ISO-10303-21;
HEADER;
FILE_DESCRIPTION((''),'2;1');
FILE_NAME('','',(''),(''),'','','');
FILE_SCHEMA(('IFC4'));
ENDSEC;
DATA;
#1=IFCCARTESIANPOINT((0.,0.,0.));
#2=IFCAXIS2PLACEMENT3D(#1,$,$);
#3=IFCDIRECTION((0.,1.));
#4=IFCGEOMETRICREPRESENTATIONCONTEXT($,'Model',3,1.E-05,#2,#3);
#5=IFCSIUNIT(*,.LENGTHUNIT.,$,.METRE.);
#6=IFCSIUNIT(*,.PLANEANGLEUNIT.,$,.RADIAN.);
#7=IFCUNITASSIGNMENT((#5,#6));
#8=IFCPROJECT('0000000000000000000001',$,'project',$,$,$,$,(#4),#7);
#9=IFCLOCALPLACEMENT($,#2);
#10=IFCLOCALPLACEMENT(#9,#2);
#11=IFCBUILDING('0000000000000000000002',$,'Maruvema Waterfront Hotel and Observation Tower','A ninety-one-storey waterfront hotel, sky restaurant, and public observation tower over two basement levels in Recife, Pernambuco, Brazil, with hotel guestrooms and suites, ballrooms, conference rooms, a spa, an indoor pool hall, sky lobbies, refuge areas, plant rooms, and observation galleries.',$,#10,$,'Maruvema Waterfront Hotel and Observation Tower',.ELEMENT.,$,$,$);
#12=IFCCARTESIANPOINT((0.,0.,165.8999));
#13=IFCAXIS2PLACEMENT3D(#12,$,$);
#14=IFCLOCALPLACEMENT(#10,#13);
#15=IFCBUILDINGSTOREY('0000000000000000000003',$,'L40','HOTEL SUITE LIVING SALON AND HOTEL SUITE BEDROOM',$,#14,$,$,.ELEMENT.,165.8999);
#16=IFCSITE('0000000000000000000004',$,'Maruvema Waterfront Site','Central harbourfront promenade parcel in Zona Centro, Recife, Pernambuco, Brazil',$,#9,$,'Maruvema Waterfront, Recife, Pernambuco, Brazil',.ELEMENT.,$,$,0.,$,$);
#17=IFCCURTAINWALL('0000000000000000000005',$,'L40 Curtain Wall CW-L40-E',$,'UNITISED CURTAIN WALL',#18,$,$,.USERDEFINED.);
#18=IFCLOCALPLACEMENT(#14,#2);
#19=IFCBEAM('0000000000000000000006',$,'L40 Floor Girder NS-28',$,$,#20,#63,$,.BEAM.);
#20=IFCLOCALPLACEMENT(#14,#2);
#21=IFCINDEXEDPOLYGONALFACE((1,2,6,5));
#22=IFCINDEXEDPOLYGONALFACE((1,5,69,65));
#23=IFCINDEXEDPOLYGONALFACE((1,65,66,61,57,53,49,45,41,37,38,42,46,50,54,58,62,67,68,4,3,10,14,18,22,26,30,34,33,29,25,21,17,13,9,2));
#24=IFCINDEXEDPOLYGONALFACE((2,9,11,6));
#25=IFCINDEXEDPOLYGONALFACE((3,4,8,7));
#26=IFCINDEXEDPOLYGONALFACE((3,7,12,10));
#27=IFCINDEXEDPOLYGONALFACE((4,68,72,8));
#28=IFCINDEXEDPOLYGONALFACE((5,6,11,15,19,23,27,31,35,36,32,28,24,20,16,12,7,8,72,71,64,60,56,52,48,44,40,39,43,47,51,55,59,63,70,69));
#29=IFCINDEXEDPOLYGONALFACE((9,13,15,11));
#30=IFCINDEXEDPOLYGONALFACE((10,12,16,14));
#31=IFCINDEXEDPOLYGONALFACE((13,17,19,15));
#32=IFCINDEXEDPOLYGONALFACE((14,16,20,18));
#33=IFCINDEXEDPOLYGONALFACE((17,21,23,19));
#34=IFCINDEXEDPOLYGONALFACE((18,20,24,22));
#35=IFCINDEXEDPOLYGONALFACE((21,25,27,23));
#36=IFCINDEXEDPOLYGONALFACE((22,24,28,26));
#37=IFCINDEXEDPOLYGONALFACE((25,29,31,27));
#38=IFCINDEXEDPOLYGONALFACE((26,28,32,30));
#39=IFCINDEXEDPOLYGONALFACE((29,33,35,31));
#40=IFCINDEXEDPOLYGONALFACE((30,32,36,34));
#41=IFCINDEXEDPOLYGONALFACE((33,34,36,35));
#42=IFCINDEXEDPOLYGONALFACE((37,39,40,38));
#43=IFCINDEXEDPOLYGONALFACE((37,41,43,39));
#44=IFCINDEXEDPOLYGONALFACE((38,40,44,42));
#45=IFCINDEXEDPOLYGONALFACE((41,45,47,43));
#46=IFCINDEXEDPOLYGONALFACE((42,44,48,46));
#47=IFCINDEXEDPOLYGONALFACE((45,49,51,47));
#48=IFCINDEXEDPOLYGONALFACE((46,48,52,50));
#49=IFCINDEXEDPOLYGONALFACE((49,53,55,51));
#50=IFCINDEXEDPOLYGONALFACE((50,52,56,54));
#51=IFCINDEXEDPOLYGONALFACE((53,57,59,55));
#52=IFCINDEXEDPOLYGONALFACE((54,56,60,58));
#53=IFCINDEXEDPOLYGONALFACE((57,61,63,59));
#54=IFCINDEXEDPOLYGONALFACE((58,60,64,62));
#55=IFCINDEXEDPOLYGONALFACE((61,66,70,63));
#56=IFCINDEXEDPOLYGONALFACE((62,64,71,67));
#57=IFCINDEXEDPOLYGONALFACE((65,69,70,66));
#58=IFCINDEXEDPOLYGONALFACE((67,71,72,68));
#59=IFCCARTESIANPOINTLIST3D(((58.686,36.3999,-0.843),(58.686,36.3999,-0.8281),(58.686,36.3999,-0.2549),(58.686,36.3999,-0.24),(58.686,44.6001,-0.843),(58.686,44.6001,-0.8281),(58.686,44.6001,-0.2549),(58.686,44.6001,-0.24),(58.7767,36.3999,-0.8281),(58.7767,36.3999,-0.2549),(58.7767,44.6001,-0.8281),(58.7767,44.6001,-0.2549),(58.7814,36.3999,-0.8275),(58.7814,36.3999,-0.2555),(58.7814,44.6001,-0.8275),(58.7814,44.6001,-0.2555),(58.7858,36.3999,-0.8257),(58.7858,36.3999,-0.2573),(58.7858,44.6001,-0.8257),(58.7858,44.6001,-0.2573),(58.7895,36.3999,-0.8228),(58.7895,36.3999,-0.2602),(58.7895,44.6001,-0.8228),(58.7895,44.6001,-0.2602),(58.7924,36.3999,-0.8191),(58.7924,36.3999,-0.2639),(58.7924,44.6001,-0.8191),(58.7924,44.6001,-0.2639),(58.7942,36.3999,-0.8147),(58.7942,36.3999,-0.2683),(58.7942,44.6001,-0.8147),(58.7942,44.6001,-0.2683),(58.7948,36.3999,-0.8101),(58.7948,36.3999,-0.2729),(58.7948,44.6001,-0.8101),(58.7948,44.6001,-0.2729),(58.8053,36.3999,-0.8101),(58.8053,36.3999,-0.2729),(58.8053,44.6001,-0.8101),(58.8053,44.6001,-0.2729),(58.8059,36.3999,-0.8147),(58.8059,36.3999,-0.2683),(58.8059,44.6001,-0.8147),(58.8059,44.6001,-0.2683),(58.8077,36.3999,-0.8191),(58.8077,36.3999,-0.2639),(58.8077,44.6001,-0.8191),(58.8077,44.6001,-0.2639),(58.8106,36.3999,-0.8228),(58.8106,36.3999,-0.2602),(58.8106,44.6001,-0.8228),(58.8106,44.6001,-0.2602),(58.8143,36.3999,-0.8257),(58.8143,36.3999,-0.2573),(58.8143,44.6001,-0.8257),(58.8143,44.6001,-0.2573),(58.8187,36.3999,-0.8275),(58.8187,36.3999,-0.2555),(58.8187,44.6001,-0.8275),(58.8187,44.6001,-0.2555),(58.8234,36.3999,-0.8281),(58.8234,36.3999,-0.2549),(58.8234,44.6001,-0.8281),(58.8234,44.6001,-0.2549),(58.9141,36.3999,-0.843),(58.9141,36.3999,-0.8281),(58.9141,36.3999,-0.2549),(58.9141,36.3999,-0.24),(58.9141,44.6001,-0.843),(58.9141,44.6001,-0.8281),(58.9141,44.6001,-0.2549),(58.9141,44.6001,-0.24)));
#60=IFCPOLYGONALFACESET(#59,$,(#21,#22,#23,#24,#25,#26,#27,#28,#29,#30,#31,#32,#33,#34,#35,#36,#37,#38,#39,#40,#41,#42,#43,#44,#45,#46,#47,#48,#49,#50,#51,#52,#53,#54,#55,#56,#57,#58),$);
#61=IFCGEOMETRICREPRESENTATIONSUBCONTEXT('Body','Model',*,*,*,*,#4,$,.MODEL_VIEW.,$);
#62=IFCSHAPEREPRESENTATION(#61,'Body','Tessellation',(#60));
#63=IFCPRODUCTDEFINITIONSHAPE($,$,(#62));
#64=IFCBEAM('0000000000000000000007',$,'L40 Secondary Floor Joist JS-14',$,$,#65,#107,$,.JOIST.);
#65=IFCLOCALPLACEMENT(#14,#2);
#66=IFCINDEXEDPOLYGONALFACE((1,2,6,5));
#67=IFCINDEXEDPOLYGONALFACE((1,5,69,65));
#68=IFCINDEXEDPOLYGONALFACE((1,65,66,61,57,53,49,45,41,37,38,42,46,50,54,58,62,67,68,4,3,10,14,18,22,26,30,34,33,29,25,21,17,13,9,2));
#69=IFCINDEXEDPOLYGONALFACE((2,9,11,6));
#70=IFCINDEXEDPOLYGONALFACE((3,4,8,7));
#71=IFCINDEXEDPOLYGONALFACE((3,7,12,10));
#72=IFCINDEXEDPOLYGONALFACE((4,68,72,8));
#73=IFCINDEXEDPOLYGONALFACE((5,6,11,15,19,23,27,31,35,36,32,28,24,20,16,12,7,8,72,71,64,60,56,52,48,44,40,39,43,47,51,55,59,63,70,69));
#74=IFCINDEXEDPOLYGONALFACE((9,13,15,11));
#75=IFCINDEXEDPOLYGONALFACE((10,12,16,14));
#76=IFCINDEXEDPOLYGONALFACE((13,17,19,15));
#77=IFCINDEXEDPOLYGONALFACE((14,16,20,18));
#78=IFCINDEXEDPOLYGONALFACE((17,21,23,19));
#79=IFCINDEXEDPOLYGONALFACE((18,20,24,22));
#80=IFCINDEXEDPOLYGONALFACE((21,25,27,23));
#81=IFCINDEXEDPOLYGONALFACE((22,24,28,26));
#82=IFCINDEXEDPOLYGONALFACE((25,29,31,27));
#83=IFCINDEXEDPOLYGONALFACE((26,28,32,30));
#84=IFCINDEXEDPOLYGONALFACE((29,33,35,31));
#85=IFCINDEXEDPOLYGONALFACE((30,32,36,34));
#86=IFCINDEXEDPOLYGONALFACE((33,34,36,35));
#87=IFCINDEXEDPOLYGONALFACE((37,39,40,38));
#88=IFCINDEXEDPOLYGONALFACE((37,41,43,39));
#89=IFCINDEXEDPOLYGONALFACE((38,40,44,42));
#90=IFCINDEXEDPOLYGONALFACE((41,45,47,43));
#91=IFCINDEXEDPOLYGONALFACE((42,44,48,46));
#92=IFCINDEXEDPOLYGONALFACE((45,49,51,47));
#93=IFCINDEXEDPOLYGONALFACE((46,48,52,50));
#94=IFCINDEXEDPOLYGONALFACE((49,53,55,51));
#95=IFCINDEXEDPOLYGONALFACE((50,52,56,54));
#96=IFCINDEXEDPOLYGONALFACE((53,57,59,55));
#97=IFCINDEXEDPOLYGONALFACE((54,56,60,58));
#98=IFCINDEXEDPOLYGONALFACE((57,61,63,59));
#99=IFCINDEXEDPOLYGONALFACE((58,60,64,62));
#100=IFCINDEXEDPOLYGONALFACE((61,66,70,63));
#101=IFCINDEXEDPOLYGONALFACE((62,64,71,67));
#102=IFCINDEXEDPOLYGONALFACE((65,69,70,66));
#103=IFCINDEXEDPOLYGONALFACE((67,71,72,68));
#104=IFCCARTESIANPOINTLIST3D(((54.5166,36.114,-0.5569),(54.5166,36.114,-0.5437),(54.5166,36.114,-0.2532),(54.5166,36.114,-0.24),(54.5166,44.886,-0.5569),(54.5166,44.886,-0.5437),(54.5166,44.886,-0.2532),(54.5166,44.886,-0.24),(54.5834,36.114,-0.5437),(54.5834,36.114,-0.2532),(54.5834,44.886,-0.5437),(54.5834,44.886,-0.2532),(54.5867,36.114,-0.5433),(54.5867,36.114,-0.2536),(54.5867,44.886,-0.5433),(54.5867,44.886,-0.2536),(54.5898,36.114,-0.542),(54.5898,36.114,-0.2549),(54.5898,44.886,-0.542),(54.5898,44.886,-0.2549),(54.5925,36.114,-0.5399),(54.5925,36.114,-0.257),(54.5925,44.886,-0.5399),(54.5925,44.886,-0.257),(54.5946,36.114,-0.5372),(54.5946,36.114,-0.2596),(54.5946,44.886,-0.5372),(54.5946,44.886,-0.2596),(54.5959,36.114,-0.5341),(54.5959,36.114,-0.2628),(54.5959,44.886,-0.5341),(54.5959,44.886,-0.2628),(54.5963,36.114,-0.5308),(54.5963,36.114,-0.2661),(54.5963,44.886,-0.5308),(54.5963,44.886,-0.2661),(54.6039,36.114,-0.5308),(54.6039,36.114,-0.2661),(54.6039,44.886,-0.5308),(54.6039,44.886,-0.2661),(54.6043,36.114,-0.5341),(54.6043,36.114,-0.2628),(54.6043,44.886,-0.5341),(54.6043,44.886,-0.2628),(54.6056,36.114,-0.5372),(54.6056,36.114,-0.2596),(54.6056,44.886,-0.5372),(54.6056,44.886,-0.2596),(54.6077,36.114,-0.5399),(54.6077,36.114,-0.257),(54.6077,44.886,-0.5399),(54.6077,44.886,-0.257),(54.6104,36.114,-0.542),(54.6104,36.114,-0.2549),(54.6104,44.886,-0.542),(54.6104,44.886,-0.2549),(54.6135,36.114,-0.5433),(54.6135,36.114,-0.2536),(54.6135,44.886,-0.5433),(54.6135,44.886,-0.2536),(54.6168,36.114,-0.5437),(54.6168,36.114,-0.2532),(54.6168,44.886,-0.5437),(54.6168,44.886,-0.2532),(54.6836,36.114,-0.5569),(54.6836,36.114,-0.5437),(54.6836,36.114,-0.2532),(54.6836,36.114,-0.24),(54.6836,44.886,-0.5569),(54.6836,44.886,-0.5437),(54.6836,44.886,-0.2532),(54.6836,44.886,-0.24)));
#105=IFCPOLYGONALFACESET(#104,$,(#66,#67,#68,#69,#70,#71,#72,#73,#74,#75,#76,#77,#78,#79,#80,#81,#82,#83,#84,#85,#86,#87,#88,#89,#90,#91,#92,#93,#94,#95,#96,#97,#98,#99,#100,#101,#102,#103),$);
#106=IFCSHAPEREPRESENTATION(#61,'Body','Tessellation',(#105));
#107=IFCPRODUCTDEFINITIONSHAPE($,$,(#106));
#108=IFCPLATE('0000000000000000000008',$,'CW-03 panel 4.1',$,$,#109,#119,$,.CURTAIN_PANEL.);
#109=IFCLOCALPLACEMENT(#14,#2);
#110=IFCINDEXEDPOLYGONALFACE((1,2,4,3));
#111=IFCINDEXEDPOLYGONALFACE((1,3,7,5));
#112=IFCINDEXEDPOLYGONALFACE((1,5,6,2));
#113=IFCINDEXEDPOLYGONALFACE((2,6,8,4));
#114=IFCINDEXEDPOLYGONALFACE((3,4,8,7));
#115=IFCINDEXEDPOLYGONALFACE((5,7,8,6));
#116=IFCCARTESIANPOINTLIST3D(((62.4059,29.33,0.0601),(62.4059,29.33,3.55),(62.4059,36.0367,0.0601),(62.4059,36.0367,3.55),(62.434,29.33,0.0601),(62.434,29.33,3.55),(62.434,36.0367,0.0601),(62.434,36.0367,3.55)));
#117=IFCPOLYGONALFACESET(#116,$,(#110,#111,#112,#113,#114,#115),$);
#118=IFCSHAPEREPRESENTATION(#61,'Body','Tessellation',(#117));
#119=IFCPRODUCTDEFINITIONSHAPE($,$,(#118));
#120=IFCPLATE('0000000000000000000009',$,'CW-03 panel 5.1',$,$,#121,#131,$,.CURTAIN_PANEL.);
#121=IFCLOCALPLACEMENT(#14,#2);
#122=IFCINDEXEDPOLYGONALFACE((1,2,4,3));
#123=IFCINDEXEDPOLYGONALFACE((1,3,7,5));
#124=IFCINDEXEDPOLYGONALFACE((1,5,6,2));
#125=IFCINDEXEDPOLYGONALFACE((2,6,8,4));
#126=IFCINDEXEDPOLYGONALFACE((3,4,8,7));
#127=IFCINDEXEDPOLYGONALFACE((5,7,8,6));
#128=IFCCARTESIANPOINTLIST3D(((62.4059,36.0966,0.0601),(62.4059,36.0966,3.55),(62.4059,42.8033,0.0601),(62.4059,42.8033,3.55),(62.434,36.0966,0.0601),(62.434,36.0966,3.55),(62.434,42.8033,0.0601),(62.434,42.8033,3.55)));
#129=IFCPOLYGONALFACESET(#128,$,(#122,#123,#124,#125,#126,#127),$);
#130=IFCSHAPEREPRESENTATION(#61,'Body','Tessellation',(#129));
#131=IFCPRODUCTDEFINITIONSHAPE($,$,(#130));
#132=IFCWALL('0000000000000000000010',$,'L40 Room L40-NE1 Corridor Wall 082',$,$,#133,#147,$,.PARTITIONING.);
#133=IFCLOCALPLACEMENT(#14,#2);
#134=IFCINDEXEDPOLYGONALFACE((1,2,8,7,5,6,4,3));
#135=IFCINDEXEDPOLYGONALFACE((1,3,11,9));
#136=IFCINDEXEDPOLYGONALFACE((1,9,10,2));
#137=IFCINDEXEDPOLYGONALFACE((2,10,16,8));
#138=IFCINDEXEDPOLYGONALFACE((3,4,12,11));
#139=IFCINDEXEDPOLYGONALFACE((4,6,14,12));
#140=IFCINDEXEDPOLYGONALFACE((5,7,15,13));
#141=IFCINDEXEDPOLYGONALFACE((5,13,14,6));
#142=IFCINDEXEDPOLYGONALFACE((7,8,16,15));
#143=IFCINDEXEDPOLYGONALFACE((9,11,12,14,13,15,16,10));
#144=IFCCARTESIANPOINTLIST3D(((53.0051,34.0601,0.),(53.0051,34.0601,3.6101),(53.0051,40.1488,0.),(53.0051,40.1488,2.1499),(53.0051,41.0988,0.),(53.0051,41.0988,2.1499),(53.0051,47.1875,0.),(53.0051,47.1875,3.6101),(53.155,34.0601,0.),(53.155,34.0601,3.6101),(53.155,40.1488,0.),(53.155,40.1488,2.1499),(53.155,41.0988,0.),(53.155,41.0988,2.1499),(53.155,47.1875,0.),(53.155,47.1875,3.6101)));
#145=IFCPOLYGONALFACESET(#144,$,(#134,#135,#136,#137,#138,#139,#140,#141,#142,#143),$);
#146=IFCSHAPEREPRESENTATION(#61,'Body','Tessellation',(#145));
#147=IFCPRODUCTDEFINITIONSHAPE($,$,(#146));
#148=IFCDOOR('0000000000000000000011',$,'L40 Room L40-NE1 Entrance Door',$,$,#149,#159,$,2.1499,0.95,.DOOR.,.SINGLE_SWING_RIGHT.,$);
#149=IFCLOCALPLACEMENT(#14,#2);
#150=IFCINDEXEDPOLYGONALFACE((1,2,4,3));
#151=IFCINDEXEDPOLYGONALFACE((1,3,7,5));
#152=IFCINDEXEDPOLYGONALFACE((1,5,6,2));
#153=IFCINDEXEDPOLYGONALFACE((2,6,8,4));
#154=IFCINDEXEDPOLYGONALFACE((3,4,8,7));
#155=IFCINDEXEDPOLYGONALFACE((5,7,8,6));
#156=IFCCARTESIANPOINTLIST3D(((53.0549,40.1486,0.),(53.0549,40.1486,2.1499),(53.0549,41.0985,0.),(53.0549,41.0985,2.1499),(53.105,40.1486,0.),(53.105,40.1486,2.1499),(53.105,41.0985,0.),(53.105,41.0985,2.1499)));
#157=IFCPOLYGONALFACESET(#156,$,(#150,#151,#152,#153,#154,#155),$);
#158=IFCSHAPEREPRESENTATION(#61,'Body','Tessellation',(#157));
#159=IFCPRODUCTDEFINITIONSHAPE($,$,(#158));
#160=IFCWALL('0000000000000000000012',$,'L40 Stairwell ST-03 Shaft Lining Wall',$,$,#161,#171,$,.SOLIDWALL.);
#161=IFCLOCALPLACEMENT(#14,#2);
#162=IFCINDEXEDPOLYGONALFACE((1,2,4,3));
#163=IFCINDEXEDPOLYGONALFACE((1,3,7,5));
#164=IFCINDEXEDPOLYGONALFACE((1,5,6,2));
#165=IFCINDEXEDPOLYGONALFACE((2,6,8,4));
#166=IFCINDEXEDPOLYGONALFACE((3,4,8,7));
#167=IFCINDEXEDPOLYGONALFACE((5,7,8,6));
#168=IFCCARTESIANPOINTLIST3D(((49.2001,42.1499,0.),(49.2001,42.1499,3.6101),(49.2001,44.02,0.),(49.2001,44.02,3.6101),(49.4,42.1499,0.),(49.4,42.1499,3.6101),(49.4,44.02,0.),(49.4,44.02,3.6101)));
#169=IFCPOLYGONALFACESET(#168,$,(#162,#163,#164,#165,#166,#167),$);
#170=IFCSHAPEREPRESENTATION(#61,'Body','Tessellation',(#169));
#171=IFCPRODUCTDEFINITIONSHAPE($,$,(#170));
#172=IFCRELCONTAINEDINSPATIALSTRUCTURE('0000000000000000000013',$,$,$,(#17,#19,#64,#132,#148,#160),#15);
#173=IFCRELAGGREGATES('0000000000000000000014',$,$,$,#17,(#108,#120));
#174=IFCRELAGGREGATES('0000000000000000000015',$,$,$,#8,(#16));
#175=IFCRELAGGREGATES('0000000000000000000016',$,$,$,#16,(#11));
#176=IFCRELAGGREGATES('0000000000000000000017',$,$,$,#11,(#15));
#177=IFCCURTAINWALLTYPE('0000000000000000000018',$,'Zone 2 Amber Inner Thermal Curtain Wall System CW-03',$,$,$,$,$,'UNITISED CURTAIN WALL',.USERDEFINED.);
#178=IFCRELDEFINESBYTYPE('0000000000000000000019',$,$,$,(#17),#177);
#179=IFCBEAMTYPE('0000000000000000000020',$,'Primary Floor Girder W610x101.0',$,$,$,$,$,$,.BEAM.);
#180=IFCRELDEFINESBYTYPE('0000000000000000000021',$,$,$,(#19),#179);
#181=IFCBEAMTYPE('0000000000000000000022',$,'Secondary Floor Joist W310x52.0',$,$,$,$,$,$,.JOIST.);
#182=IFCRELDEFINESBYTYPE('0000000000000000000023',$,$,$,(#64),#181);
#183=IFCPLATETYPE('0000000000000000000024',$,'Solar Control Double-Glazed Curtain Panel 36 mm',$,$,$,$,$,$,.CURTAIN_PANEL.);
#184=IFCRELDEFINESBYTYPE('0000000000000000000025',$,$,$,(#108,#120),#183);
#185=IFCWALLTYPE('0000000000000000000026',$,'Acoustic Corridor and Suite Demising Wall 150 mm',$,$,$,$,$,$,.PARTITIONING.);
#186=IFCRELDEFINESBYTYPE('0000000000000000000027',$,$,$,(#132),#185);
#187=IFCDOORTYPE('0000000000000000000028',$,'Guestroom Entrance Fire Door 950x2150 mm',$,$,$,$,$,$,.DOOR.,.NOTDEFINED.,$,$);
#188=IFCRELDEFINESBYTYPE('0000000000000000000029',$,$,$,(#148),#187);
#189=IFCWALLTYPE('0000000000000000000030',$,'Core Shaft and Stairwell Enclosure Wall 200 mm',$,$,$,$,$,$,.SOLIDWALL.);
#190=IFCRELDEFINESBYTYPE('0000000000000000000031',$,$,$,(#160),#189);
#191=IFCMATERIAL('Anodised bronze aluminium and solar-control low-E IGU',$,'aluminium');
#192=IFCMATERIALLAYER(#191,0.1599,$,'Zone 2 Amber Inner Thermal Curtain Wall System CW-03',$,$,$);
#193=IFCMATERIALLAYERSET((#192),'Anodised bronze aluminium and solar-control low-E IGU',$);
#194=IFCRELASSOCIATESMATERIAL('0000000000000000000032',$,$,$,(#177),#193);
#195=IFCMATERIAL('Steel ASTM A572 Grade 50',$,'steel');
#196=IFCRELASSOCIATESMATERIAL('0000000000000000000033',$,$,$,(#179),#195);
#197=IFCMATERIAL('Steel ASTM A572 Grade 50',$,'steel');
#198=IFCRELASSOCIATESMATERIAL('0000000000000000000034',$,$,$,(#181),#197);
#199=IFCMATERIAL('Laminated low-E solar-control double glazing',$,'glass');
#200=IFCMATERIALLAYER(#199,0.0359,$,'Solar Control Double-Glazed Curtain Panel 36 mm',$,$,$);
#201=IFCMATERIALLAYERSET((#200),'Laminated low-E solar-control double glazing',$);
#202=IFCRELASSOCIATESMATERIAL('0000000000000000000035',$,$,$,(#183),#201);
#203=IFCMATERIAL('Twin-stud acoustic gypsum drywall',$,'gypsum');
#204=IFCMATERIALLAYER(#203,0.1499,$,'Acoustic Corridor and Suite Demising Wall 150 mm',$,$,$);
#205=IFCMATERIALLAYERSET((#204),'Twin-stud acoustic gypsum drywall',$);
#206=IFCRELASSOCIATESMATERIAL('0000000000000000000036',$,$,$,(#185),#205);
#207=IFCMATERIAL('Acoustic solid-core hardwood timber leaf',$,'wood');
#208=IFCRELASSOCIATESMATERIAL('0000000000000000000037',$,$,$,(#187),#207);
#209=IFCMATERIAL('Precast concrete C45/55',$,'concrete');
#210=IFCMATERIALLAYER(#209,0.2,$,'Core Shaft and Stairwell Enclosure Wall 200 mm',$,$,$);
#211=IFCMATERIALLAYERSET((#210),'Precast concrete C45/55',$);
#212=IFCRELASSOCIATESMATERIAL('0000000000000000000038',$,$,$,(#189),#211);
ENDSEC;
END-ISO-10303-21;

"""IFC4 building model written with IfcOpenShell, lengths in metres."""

from ifc_helpers import new_model, si_unit, direction, frame, frame_2d, origin, origin_2d, place, context, subcontext, project, spatial, rectangle, i_section, extrude, material, layer, layer_set, material_profile, profile_set, type_object, element, fill, aggregate, save


model = new_model("IFC4")

# Units and contexts
model_context = context("Model", 3, precision=1e-05, world=origin(), true_north=direction((0.0, 1.0)))
body_context = subcontext(model_context, "Body", "Model", "MODEL_VIEW")
ifc_project = project(units=[si_unit("LENGTHUNIT", "METRE"), si_unit("PLANEANGLEUNIT", "RADIAN")], contexts=[model_context])

# Site, building, storey
site_placement = place(None, origin())
site = spatial("IfcSite", under=ifc_project, at=site_placement, Name="Maruvema Waterfront Site", Description="Central harbourfront promenade parcel in Zona Centro, Recife, Pernambuco, Brazil", LongName="Maruvema Waterfront, Recife, Pernambuco, Brazil", CompositionType="ELEMENT", RefElevation=0.0)
building_placement = place(site_placement, origin())
building = spatial("IfcBuilding", under=site, at=building_placement, Name="Maruvema Waterfront Hotel and Observation Tower", Description="A ninety-one-storey waterfront hotel, sky restaurant, and public observation tower over two basement levels in Recife, Pernambuco, Brazil, with hotel guestrooms and suites, ballrooms, conference rooms, a spa, an indoor pool hall, sky lobbies, refuge areas, plant rooms, and observation galleries.", LongName="Maruvema Waterfront Hotel and Observation Tower", CompositionType="ELEMENT")
storey_placement = place(building_placement, frame((0.0, 0.0, 165.8999)))
storey = spatial("IfcBuildingStorey", under=building, at=storey_placement, Name="L40", Description="HOTEL SUITE LIVING SALON AND HOTEL SUITE BEDROOM", CompositionType="ELEMENT", Elevation=165.8999)

# Curtain wall
ifc_material_1 = material(Name="Anodised bronze aluminium and solar-control low-E IGU", Category="aluminium")
ifc_layer_1 = layer(ifc_material_1, 0.1599, Name="Zone 2 Amber Inner Thermal Curtain Wall System CW-03")
ifc_layer_set_1 = layer_set([ifc_layer_1], Name="Anodised bronze aluminium and solar-control low-E IGU")
curtain_wall_type = type_object("IfcCurtainWallType", Name="Zone 2 Amber Inner Thermal Curtain Wall System CW-03", ElementType="UNITISED CURTAIN WALL", PredefinedType="USERDEFINED", material=ifc_layer_set_1)
curtain_wall_placement = place(storey_placement, origin())
curtain_wall = element("IfcCurtainWall", 1, at=curtain_wall_placement, inside=storey, type_object=curtain_wall_type, Name="L40 Curtain Wall CW-L40-E", ObjectType="UNITISED CURTAIN WALL", PredefinedType="USERDEFINED")

# Beams
ifc_material_2 = material(Name="Steel ASTM A572 Grade 50", Category="steel")
ifc_material_profile_1 = material_profile(ifc_material_2, i_section(OverallWidth=0.228, OverallDepth=0.603, WebThickness=0.0105, FlangeThickness=0.0149, FilletRadius=0.0181, at=origin_2d()), Name="W610x101.0")
ifc_profile_set_1 = profile_set([ifc_material_profile_1], Name="Steel ASTM A572 Grade 50")
beam_type_1 = type_object("IfcBeamType", Name="Primary Floor Girder W610x101.0", PredefinedType="BEAM", material=ifc_profile_set_1)
beam_1_placement = place(storey_placement, frame((58.8, 36.3999, -0.5415), z_axis=(0.0, 1.0, 0.0), x_axis=(-1.0, 0.0, 0.0)))
element("IfcBeam", 2, at=beam_1_placement, inside=storey, type_object=beam_type_1, Name="L40 Floor Girder NS-28", PredefinedType="BEAM", context=body_context, shape_type="SweptSolid", body=[
    extrude(i_section(OverallWidth=0.228, OverallDepth=0.603, WebThickness=0.0105, FlangeThickness=0.0149, FilletRadius=0.0181, at=origin_2d()), origin(), (0.0, 0.0, 1.0), 8.2002),
])
ifc_material_3 = material(Name="Steel ASTM A572 Grade 50", Category="steel")
ifc_material_profile_2 = material_profile(ifc_material_3, i_section(OverallWidth=0.167, OverallDepth=0.3169, WebThickness=0.0076, FlangeThickness=0.0132, FilletRadius=0.0129, at=origin_2d()), Name="W310x52.0")
ifc_profile_set_2 = profile_set([ifc_material_profile_2], Name="Steel ASTM A572 Grade 50")
beam_type_2 = type_object("IfcBeamType", Name="Secondary Floor Joist W310x52.0", PredefinedType="JOIST", material=ifc_profile_set_2)
beam_2_placement = place(storey_placement, frame((54.6001, 36.114, -0.3984), z_axis=(0.0, 1.0, 0.0), x_axis=(-1.0, 0.0, 0.0)))
element("IfcBeam", 3, at=beam_2_placement, inside=storey, type_object=beam_type_2, Name="L40 Secondary Floor Joist JS-14", PredefinedType="JOIST", context=body_context, shape_type="SweptSolid", body=[
    extrude(i_section(OverallWidth=0.167, OverallDepth=0.3169, WebThickness=0.0076, FlangeThickness=0.0132, FilletRadius=0.0129, at=origin_2d()), origin(), (0.0, 0.0, 1.0), 8.772),
])

# Plates
ifc_material_4 = material(Name="Laminated low-E solar-control double glazing", Category="glass")
ifc_layer_2 = layer(ifc_material_4, 0.0359, Name="Solar Control Double-Glazed Curtain Panel 36 mm")
ifc_layer_set_2 = layer_set([ifc_layer_2], Name="Laminated low-E solar-control double glazing")
plate_type = type_object("IfcPlateType", Name="Solar Control Double-Glazed Curtain Panel 36 mm", PredefinedType="CURTAIN_PANEL", material=ifc_layer_set_2)
plate_1_placement = place(storey_placement, frame((62.4199, 32.6833, 0.0601), z_axis=(0.0, 0.0, 1.0), x_axis=(0.0, 1.0, 0.0)))
plate_1 = element("IfcPlate", 4, at=plate_1_placement, type_object=plate_type, Name="CW-03 panel 4.1", PredefinedType="CURTAIN_PANEL", context=body_context, shape_type="SweptSolid", body=[
    extrude(rectangle(XDim=6.7068, YDim=0.0281, at=origin_2d()), origin(), (0.0, 0.0, 1.0), 3.49),
])
plate_2_placement = place(storey_placement, frame((62.4199, 39.45, 0.0601), z_axis=(0.0, 0.0, 1.0), x_axis=(0.0, 1.0, 0.0)))
plate_2 = element("IfcPlate", 5, at=plate_2_placement, type_object=plate_type, Name="CW-03 panel 5.1", PredefinedType="CURTAIN_PANEL", context=body_context, shape_type="SweptSolid", body=[
    extrude(rectangle(XDim=6.7068, YDim=0.0281, at=origin_2d()), origin(), (0.0, 0.0, 1.0), 3.49),
])
aggregate(curtain_wall, [plate_1, plate_2])

# Wall, opening, door
ifc_material_5 = material(Name="Twin-stud acoustic gypsum drywall", Category="gypsum")
ifc_layer_3 = layer(ifc_material_5, 0.1499, Name="Acoustic Corridor and Suite Demising Wall 150 mm")
ifc_layer_set_3 = layer_set([ifc_layer_3], Name="Twin-stud acoustic gypsum drywall")
wall_type_1 = type_object("IfcWallType", Name="Acoustic Corridor and Suite Demising Wall 150 mm", PredefinedType="PARTITIONING", material=ifc_layer_set_3)
wall_1_placement = place(storey_placement, frame((53.0801, 34.0601, 0.0), z_axis=(0.0, 0.0, 1.0), x_axis=(0.0, 1.0, 0.0)))
wall_1 = element("IfcWall", 6, at=wall_1_placement, inside=storey, type_object=wall_type_1, Name="L40 Room L40-NE1 Corridor Wall 082", PredefinedType="PARTITIONING", context=body_context, shape_type="SweptSolid", body=[
    extrude(rectangle(XDim=13.1274, YDim=0.1499, at=frame_2d((6.5637, 0.0))), origin(), (0.0, 0.0, 1.0), 3.6101),
])
opening_1_placement = place(wall_1_placement, frame((6.0886, 0.0, 0.0)))
opening_1 = element("IfcOpeningElement", 7, at=opening_1_placement, cuts=wall_1, PredefinedType="OPENING", context=body_context, shape_type="SweptSolid", body=[
    extrude(rectangle(XDim=0.95, YDim=2.1499, at=frame_2d((0.4751, 1.075))), frame((0.0, 0.085, 0.0), z_axis=(0.0, -1.0, 0.0), x_axis=(1.0, 0.0, 0.0)), (0.0, 0.0, 1.0), 0.1699),
])
ifc_material_6 = material(Name="Acoustic solid-core hardwood timber leaf", Category="wood")
door_type_1 = type_object("IfcDoorType", Name="Guestroom Entrance Fire Door 950x2150 mm", OperationType="NOTDEFINED", PredefinedType="DOOR", material=ifc_material_6)
door_1_placement = place(opening_1_placement, frame((0.95, 0.0, 0.0), z_axis=(0.0, 0.0, 1.0), x_axis=(-1.0, 0.0, 0.0)))
door_1 = element("IfcDoor", 8, at=door_1_placement, inside=storey, type_object=door_type_1, Name="L40 Room L40-NE1 Entrance Door", OperationType="SINGLE_SWING_RIGHT", OverallHeight=2.1499, OverallWidth=0.95, PredefinedType="DOOR", context=body_context, shape_type="SweptSolid", body=[
    extrude(rectangle(XDim=0.95, YDim=2.1499, at=frame_2d((0.4751, 1.075))), frame((0.0, 0.0249, 0.0), z_axis=(0.0, -1.0, 0.0), x_axis=(1.0, 0.0, 0.0)), (0.0, 0.0, 1.0), 0.05),
])
fill(opening_1, door_1)

# Wall
ifc_material_7 = material(Name="Precast concrete C45/55", Category="concrete")
ifc_layer_4 = layer(ifc_material_7, 0.2, Name="Core Shaft and Stairwell Enclosure Wall 200 mm")
ifc_layer_set_4 = layer_set([ifc_layer_4], Name="Precast concrete C45/55")
wall_type_2 = type_object("IfcWallType", Name="Core Shaft and Stairwell Enclosure Wall 200 mm", PredefinedType="SOLIDWALL", material=ifc_layer_set_4)
wall_2_placement = place(storey_placement, frame((49.3, 42.1499, 0.0), z_axis=(0.0, 0.0, 1.0), x_axis=(0.0, 1.0, 0.0)))
element("IfcWall", 9, at=wall_2_placement, inside=storey, type_object=wall_type_2, Name="L40 Stairwell ST-03 Shaft Lining Wall", PredefinedType="SOLIDWALL", context=body_context, shape_type="SweptSolid", body=[
    extrude(rectangle(XDim=1.8701, YDim=0.2, at=frame_2d((0.9351, 0.0))), origin(), (0.0, 0.0, 1.0), 3.6101),
])

save(model, "model.ifc")
